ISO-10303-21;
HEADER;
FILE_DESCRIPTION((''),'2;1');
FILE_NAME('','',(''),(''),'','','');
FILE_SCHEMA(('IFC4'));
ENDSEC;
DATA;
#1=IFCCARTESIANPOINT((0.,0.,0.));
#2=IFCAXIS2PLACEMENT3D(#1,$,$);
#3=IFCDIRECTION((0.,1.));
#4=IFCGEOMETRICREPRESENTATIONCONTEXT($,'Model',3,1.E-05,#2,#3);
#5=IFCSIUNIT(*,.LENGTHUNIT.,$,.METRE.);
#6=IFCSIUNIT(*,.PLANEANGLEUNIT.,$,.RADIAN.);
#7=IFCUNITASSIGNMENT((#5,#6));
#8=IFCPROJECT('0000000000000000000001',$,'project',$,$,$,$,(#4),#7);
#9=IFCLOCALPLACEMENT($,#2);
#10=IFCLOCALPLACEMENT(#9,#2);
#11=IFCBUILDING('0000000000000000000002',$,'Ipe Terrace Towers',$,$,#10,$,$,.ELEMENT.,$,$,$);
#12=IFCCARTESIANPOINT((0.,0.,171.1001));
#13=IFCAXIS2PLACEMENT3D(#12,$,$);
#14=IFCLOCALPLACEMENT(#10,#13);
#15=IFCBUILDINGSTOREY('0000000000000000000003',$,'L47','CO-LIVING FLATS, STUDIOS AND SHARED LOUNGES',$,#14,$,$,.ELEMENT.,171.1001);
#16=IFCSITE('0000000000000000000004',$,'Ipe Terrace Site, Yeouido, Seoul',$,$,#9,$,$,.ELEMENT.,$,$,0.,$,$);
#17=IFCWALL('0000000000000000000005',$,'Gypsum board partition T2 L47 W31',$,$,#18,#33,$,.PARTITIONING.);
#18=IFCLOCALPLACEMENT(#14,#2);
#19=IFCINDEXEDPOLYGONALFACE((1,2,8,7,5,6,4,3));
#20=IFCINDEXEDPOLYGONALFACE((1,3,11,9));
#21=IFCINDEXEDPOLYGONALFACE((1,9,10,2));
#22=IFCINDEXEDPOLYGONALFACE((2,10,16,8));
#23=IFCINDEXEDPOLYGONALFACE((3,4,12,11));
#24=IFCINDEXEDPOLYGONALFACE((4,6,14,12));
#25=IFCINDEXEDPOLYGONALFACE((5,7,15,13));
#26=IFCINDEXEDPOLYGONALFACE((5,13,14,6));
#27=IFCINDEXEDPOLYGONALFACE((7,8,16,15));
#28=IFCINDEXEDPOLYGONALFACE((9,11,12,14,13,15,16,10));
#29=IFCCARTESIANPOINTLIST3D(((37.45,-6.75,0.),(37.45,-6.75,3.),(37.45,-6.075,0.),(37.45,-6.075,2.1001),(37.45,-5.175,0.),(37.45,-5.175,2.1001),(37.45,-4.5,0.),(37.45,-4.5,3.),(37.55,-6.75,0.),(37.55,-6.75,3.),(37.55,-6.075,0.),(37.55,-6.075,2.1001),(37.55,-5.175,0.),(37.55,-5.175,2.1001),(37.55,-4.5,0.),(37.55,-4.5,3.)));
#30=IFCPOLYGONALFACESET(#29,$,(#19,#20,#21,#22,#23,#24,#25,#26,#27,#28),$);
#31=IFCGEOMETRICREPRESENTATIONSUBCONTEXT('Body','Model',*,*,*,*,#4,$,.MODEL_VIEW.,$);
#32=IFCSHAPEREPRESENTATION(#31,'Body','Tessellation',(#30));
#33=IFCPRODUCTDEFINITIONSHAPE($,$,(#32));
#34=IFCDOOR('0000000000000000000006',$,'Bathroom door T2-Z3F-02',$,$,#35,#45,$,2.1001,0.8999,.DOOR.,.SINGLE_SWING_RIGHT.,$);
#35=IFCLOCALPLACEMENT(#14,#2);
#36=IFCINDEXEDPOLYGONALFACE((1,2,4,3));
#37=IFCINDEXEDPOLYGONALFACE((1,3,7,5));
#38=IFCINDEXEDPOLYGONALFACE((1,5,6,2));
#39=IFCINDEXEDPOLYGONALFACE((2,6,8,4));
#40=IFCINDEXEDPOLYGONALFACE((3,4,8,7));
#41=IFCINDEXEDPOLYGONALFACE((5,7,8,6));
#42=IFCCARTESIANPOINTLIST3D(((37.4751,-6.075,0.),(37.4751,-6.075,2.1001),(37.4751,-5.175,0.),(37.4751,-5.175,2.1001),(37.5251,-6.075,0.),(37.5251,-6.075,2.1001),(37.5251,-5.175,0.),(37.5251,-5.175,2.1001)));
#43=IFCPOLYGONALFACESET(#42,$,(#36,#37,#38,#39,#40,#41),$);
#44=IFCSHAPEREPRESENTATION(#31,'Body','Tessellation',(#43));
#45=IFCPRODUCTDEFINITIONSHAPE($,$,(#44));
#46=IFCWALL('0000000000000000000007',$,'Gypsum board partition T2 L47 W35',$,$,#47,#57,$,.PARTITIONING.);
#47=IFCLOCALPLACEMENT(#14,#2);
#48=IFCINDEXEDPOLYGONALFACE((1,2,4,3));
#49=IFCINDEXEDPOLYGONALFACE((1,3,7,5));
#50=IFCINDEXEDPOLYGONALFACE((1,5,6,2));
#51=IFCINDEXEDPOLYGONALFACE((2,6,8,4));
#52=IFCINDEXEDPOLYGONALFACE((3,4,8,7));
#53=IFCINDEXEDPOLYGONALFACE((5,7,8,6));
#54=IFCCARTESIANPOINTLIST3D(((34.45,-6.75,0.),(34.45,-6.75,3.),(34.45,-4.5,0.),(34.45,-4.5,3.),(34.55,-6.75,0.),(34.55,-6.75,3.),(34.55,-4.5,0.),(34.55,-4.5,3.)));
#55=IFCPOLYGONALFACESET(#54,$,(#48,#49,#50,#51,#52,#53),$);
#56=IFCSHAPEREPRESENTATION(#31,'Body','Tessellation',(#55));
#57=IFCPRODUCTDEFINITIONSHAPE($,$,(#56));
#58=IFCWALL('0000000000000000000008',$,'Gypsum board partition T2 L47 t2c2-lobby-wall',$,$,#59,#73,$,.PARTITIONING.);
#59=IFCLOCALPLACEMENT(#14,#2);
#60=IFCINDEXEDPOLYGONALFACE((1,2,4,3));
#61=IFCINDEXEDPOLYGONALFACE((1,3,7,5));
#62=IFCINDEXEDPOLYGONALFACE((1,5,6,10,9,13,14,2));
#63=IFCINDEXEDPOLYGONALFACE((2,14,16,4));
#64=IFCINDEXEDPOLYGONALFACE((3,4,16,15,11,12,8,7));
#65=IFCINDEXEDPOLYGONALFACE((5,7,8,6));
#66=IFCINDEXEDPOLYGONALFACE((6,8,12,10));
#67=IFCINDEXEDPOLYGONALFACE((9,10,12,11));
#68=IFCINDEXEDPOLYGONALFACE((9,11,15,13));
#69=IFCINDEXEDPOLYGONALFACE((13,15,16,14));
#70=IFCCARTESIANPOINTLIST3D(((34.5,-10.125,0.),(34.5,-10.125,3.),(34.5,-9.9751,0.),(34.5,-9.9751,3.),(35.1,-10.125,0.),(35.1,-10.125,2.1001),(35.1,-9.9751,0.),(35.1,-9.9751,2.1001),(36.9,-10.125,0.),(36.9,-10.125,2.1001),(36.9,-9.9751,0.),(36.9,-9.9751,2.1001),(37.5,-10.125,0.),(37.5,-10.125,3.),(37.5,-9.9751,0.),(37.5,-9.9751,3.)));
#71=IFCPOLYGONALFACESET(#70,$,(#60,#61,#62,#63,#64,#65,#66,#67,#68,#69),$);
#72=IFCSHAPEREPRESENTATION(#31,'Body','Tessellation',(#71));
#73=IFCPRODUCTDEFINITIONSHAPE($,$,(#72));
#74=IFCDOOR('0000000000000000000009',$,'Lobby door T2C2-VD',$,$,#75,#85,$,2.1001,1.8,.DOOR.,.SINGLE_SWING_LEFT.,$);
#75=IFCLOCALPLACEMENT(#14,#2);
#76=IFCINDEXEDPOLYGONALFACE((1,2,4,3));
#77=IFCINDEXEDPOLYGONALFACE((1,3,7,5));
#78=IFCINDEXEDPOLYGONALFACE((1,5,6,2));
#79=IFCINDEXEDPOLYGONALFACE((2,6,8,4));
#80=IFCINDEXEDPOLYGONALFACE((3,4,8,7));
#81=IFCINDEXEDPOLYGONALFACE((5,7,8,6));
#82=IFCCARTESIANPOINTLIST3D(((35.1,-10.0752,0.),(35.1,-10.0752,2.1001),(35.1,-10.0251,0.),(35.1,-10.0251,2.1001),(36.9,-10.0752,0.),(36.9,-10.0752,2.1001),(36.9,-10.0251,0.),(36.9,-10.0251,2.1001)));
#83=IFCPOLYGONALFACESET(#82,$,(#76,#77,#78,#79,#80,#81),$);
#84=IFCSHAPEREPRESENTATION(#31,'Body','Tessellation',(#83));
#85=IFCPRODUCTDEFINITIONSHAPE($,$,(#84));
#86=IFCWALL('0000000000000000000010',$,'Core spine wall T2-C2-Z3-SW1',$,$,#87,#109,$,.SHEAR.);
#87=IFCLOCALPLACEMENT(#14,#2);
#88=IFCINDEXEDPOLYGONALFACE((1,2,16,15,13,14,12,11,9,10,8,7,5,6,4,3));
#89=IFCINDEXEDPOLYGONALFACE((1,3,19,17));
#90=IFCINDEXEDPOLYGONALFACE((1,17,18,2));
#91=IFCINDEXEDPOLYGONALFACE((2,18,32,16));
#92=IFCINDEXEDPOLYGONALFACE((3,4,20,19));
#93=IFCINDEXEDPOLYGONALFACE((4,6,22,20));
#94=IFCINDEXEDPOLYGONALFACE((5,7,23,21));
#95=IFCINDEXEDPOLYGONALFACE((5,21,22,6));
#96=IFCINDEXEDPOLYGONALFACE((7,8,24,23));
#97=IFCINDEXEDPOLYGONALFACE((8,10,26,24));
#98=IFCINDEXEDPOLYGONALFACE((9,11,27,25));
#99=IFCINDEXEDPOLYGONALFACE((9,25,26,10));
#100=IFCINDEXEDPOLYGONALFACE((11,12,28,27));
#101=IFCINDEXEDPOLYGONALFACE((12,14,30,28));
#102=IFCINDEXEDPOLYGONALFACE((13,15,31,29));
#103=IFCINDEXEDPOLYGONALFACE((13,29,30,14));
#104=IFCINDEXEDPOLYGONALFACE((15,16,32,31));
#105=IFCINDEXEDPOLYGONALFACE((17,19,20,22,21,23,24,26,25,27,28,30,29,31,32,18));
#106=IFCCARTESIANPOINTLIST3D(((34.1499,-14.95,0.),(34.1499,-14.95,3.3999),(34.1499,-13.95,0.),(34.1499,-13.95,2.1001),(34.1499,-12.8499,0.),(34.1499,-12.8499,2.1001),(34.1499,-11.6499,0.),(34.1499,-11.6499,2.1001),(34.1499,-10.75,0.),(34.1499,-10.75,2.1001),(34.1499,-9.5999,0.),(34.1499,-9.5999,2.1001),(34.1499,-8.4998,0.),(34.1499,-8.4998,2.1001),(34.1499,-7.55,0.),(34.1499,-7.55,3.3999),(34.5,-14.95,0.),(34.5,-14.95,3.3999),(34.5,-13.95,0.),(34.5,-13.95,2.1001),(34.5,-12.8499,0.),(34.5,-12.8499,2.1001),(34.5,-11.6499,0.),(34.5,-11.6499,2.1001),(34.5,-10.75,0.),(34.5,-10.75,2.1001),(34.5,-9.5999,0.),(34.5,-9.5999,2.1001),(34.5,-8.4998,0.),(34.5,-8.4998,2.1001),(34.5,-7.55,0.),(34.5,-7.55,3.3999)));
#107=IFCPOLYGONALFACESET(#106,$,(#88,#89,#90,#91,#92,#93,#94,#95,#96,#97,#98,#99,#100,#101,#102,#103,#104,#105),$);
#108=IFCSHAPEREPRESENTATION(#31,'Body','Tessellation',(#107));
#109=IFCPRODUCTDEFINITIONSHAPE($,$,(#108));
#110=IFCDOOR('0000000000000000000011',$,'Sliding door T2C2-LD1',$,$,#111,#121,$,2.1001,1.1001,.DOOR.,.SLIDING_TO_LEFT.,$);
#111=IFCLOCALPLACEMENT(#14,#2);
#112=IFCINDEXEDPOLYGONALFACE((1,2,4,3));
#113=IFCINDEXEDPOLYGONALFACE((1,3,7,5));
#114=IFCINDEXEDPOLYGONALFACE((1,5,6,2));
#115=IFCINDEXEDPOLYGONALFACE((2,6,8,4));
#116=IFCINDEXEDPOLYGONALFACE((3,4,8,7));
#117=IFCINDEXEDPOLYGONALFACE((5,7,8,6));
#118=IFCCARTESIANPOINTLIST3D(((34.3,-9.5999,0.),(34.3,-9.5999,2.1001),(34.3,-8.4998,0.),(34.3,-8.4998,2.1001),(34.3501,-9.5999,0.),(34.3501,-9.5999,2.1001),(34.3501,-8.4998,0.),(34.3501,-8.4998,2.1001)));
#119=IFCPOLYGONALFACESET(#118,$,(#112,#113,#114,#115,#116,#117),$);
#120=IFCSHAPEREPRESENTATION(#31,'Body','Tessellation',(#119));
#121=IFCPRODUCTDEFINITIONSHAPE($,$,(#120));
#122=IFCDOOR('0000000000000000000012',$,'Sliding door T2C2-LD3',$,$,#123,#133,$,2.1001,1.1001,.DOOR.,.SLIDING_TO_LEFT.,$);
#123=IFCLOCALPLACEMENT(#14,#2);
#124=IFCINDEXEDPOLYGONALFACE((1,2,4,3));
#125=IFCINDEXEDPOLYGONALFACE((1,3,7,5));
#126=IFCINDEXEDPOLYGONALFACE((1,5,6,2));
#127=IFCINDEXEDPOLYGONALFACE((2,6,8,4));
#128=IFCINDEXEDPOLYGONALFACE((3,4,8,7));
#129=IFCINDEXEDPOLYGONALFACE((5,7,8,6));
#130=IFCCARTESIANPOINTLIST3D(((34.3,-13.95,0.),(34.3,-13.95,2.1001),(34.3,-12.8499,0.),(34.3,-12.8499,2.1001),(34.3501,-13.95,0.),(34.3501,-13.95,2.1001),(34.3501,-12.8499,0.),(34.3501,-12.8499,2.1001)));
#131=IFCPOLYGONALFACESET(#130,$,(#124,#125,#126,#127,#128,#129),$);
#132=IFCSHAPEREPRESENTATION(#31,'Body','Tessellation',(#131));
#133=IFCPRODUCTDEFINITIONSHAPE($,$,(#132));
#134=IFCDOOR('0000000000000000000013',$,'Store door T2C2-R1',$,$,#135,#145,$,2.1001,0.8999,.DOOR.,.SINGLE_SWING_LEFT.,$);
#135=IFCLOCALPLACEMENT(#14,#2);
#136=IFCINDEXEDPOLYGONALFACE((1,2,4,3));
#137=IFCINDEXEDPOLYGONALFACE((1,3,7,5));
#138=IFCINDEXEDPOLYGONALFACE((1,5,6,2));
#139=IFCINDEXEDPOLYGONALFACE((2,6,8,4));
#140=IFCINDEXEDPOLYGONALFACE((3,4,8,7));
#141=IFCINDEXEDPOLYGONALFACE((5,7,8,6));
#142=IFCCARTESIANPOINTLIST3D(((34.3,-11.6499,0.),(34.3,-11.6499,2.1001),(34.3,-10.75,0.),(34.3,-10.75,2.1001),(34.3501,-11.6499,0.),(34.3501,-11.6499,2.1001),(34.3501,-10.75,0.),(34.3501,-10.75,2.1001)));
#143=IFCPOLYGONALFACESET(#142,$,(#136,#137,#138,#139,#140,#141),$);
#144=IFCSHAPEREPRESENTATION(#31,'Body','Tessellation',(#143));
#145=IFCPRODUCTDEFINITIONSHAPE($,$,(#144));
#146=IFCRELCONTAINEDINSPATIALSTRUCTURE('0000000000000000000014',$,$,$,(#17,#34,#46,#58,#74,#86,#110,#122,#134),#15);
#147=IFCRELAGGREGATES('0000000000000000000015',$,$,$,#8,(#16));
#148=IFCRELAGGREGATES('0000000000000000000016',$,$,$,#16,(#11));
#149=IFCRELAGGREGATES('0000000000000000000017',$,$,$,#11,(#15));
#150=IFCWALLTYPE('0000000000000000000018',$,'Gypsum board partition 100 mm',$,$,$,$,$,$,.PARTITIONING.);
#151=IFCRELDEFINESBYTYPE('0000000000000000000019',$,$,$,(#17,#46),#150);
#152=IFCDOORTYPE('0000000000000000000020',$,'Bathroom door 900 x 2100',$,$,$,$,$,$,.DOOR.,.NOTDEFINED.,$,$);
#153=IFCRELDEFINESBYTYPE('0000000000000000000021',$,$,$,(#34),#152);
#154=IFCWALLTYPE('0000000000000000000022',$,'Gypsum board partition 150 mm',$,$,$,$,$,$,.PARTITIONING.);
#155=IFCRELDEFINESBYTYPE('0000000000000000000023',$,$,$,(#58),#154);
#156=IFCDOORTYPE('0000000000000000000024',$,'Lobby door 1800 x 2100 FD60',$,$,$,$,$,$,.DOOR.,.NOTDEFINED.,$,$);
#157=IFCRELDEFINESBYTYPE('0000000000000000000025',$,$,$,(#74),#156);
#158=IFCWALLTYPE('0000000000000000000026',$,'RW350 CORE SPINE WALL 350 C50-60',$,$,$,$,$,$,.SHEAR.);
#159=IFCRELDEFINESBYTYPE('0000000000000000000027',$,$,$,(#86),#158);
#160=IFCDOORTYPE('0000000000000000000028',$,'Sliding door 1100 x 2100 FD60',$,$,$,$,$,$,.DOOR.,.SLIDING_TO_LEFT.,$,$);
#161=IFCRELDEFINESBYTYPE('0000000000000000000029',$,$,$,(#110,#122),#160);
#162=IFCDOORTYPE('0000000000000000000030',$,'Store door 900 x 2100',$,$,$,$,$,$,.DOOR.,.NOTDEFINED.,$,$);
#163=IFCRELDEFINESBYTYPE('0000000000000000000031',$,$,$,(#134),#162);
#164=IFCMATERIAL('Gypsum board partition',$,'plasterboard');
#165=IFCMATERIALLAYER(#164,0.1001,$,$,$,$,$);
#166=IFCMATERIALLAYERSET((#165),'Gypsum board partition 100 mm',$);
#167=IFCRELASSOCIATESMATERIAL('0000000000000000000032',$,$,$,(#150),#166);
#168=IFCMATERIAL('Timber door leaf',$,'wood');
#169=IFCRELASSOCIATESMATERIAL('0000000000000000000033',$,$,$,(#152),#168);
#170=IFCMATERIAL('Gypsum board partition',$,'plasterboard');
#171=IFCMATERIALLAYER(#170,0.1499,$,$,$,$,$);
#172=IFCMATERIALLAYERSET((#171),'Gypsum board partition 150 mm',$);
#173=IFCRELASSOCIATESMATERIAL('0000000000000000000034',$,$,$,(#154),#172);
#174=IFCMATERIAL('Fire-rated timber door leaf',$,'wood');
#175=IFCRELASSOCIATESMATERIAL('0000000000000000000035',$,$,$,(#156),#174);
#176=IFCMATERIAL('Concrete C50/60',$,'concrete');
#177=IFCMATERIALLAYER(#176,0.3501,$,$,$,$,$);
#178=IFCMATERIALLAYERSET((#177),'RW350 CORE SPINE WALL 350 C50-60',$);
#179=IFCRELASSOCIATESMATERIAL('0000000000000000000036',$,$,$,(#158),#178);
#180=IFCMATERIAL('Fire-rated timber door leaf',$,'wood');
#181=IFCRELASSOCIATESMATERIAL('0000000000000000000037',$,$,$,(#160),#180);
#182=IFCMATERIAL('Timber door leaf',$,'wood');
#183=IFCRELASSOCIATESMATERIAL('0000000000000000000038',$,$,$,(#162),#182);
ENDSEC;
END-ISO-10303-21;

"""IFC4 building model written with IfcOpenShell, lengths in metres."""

from ifc_helpers import new_model, si_unit, direction, frame, frame_2d, origin, place, context, subcontext, project, spatial, rectangle, extrude, material, layer, layer_set, type_object, element, fill, save


model = new_model("IFC4")

# Units and contexts
model_context = context("Model", 3, precision=1e-05, world=origin(), true_north=direction((0.0, 1.0)))
body_context = subcontext(model_context, "Body", "Model", "MODEL_VIEW")
ifc_project = project(units=[si_unit("LENGTHUNIT", "METRE"), si_unit("PLANEANGLEUNIT", "RADIAN")], contexts=[model_context])

# Site, building, storey
site_placement = place(None, origin())
site = spatial("IfcSite", under=ifc_project, at=site_placement, Name="Ipe Terrace Site, Yeouido, Seoul", CompositionType="ELEMENT", RefElevation=0.0)
building_placement = place(site_placement, origin())
building = spatial("IfcBuilding", under=site, at=building_placement, Name="Ipe Terrace Towers", CompositionType="ELEMENT")
storey_placement = place(building_placement, frame((0.0, 0.0, 171.1001)))
storey = spatial("IfcBuildingStorey", under=building, at=storey_placement, Name="L47", Description="CO-LIVING FLATS, STUDIOS AND SHARED LOUNGES", CompositionType="ELEMENT", Elevation=171.1001)

# Wall, opening, door
ifc_material_1 = material(Name="Gypsum board partition", Category="plasterboard")
ifc_layer_1 = layer(ifc_material_1, 0.1001)
ifc_layer_set_1 = layer_set([ifc_layer_1], Name="Gypsum board partition 100 mm")
wall_type_1 = type_object("IfcWallType", Name="Gypsum board partition 100 mm", PredefinedType="PARTITIONING", material=ifc_layer_set_1)
wall_1_placement = place(storey_placement, frame((37.5, -6.75, 0.0), z_axis=(0.0, 0.0, 1.0), x_axis=(0.0, 1.0, 0.0)))
wall_1 = element("IfcWall", 1, at=wall_1_placement, inside=storey, type_object=wall_type_1, Name="Gypsum board partition T2 L47 W31", PredefinedType="PARTITIONING", context=body_context, shape_type="SweptSolid", body=[
    extrude(rectangle(XDim=2.25, YDim=0.1001, at=frame_2d((1.125, 0.0))), origin(), (0.0, 0.0, 1.0), 3.0),
])
opening_1_placement = place(wall_1_placement, frame((0.675, 0.0, 0.0)))
opening_1 = element("IfcOpeningElement", 2, at=opening_1_placement, cuts=wall_1, PredefinedType="OPENING", context=body_context, shape_type="SweptSolid", body=[
    extrude(rectangle(XDim=0.8999, YDim=2.1001, at=frame_2d((0.45, 1.05))), frame((0.0, 0.0601, 0.0), z_axis=(0.0, -1.0, 0.0), x_axis=(1.0, 0.0, 0.0)), (0.0, 0.0, 1.0), 0.1201),
])
ifc_material_2 = material(Name="Timber door leaf", Category="wood")
door_type_1 = type_object("IfcDoorType", Name="Bathroom door 900 x 2100", OperationType="NOTDEFINED", PredefinedType="DOOR", material=ifc_material_2)
door_1_placement = place(opening_1_placement, origin())
door_1 = element("IfcDoor", 3, at=door_1_placement, inside=storey, type_object=door_type_1, Name="Bathroom door T2-Z3F-02", OperationType="SINGLE_SWING_RIGHT", OverallHeight=2.1001, OverallWidth=0.8999, PredefinedType="DOOR", context=body_context, shape_type="SweptSolid", body=[
    extrude(rectangle(XDim=0.8999, YDim=2.1001, at=frame_2d((0.45, 1.05))), frame((0.0, 0.0249, 0.0), z_axis=(0.0, -1.0, 0.0), x_axis=(1.0, 0.0, 0.0)), (0.0, 0.0, 1.0), 0.05),
])
fill(opening_1, door_1)

# Wall
wall_2_placement = place(storey_placement, frame((34.5, -6.75, 0.0), z_axis=(0.0, 0.0, 1.0), x_axis=(0.0, 1.0, 0.0)))
element("IfcWall", 4, at=wall_2_placement, inside=storey, type_object=wall_type_1, Name="Gypsum board partition T2 L47 W35", PredefinedType="PARTITIONING", context=body_context, shape_type="SweptSolid", body=[
    extrude(rectangle(XDim=2.25, YDim=0.1001, at=frame_2d((1.125, 0.0))), origin(), (0.0, 0.0, 1.0), 3.0),
])

# Wall, opening, door
ifc_material_3 = material(Name="Gypsum board partition", Category="plasterboard")
ifc_layer_2 = layer(ifc_material_3, 0.1499)
ifc_layer_set_2 = layer_set([ifc_layer_2], Name="Gypsum board partition 150 mm")
wall_type_2 = type_object("IfcWallType", Name="Gypsum board partition 150 mm", PredefinedType="PARTITIONING", material=ifc_layer_set_2)
wall_3_placement = place(storey_placement, frame((34.5, -10.05, 0.0), z_axis=(0.0, 0.0, 1.0), x_axis=(1.0, 0.0, 0.0)))
wall_3 = element("IfcWall", 5, at=wall_3_placement, inside=storey, type_object=wall_type_2, Name="Gypsum board partition T2 L47 t2c2-lobby-wall", PredefinedType="PARTITIONING", context=body_context, shape_type="SweptSolid", body=[
    extrude(rectangle(XDim=3.0, YDim=0.1499, at=frame_2d((1.5, 0.0))), origin(), (0.0, 0.0, 1.0), 3.0),
])
opening_2_placement = place(wall_3_placement, frame((0.6001, 0.0, 0.0)))
opening_2 = element("IfcOpeningElement", 6, at=opening_2_placement, cuts=wall_3, PredefinedType="OPENING", context=body_context, shape_type="SweptSolid", body=[
    extrude(rectangle(XDim=1.8, YDim=2.1001, at=frame_2d((0.8999, 1.05))), frame((0.0, 0.085, 0.0), z_axis=(0.0, -1.0, 0.0), x_axis=(1.0, 0.0, 0.0)), (0.0, 0.0, 1.0), 0.1699),
])
ifc_material_4 = material(Name="Fire-rated timber door leaf", Category="wood")
door_type_2 = type_object("IfcDoorType", Name="Lobby door 1800 x 2100 FD60", OperationType="NOTDEFINED", PredefinedType="DOOR", material=ifc_material_4)
door_2_placement = place(opening_2_placement, origin())
door_2 = element("IfcDoor", 7, at=door_2_placement, inside=storey, type_object=door_type_2, Name="Lobby door T2C2-VD", OperationType="SINGLE_SWING_LEFT", OverallHeight=2.1001, OverallWidth=1.8, PredefinedType="DOOR", context=body_context, shape_type="SweptSolid", body=[
    extrude(rectangle(XDim=1.8, YDim=2.1001, at=frame_2d((0.8999, 1.05))), frame((0.0, 0.0249, 0.0), z_axis=(0.0, -1.0, 0.0), x_axis=(1.0, 0.0, 0.0)), (0.0, 0.0, 1.0), 0.05),
])
fill(opening_2, door_2)

# Wall, openings, doors
ifc_material_5 = material(Name="Concrete C50/60", Category="concrete")
ifc_layer_3 = layer(ifc_material_5, 0.3501)
ifc_layer_set_3 = layer_set([ifc_layer_3], Name="RW350 CORE SPINE WALL 350 C50-60")
wall_type_3 = type_object("IfcWallType", Name="RW350 CORE SPINE WALL 350 C50-60", PredefinedType="SHEAR", material=ifc_layer_set_3)
wall_4_placement = place(storey_placement, frame((34.325, -14.95, 0.0), z_axis=(0.0, 0.0, 1.0), x_axis=(0.0, 1.0, 0.0)))
wall_4 = element("IfcWall", 8, at=wall_4_placement, inside=storey, type_object=wall_type_3, Name="Core spine wall T2-C2-Z3-SW1", PredefinedType="SHEAR", context=body_context, shape_type="SweptSolid", body=[
    extrude(rectangle(XDim=7.3999, YDim=0.3501, at=frame_2d((3.7, 0.0))), origin(), (0.0, 0.0, 1.0), 3.3999),
])
opening_3_placement = place(wall_4_placement, frame((5.3501, 0.0, 0.0)))
opening_3 = element("IfcOpeningElement", 9, at=opening_3_placement, cuts=wall_4, PredefinedType="OPENING", context=body_context, shape_type="SweptSolid", body=[
    extrude(rectangle(XDim=1.1001, YDim=2.1001, at=frame_2d((0.55, 1.05))), frame((0.0, 0.1851, 0.0), z_axis=(0.0, -1.0, 0.0), x_axis=(1.0, 0.0, 0.0)), (0.0, 0.0, 1.0), 0.3701),
])
opening_4_placement = place(wall_4_placement, frame((1.0, 0.0, 0.0)))
opening_4 = element("IfcOpeningElement", 10, at=opening_4_placement, cuts=wall_4, PredefinedType="OPENING", context=body_context, shape_type="SweptSolid", body=[
    extrude(rectangle(XDim=1.1001, YDim=2.1001, at=frame_2d((0.55, 1.05))), frame((0.0, 0.1851, 0.0), z_axis=(0.0, -1.0, 0.0), x_axis=(1.0, 0.0, 0.0)), (0.0, 0.0, 1.0), 0.3701),
])
opening_5_placement = place(wall_4_placement, frame((3.3, 0.0, 0.0)))
opening_5 = element("IfcOpeningElement", 11, at=opening_5_placement, cuts=wall_4, PredefinedType="OPENING", context=body_context, shape_type="SweptSolid", body=[
    extrude(rectangle(XDim=0.8999, YDim=2.1001, at=frame_2d((0.45, 1.05))), frame((0.0, 0.1851, 0.0), z_axis=(0.0, -1.0, 0.0), x_axis=(1.0, 0.0, 0.0)), (0.0, 0.0, 1.0), 0.3701),
])
ifc_material_6 = material(Name="Fire-rated timber door leaf", Category="wood")
door_type_3 = type_object("IfcDoorType", Name="Sliding door 1100 x 2100 FD60", OperationType="SLIDING_TO_LEFT", PredefinedType="DOOR", material=ifc_material_6)
door_3_placement = place(opening_3_placement, origin())
door_3 = element("IfcDoor", 12, at=door_3_placement, inside=storey, type_object=door_type_3, Name="Sliding door T2C2-LD1", OperationType="SLIDING_TO_LEFT", OverallHeight=2.1001, OverallWidth=1.1001, PredefinedType="DOOR", context=body_context, shape_type="SweptSolid", body=[
    extrude(rectangle(XDim=1.1001, YDim=2.1001, at=frame_2d((0.55, 1.05))), frame((0.0, 0.0249, 0.0), z_axis=(0.0, -1.0, 0.0), x_axis=(1.0, 0.0, 0.0)), (0.0, 0.0, 1.0), 0.05),
])
fill(opening_3, door_3)
door_4_placement = place(opening_4_placement, origin())
door_4 = element("IfcDoor", 13, at=door_4_placement, inside=storey, type_object=door_type_3, Name="Sliding door T2C2-LD3", OperationType="SLIDING_TO_LEFT", OverallHeight=2.1001, OverallWidth=1.1001, PredefinedType="DOOR", context=body_context, shape_type="SweptSolid", body=[
    extrude(rectangle(XDim=1.1001, YDim=2.1001, at=frame_2d((0.55, 1.05))), frame((0.0, 0.0249, 0.0), z_axis=(0.0, -1.0, 0.0), x_axis=(1.0, 0.0, 0.0)), (0.0, 0.0, 1.0), 0.05),
])
fill(opening_4, door_4)
ifc_material_7 = material(Name="Timber door leaf", Category="wood")
door_type_4 = type_object("IfcDoorType", Name="Store door 900 x 2100", OperationType="NOTDEFINED", PredefinedType="DOOR", material=ifc_material_7)
door_5_placement = place(opening_5_placement, origin())
door_5 = element("IfcDoor", 14, at=door_5_placement, inside=storey, type_object=door_type_4, Name="Store door T2C2-R1", OperationType="SINGLE_SWING_LEFT", OverallHeight=2.1001, OverallWidth=0.8999, PredefinedType="DOOR", context=body_context, shape_type="SweptSolid", body=[
    extrude(rectangle(XDim=0.8999, YDim=2.1001, at=frame_2d((0.45, 1.05))), frame((0.0, 0.0249, 0.0), z_axis=(0.0, -1.0, 0.0), x_axis=(1.0, 0.0, 0.0)), (0.0, 0.0, 1.0), 0.05),
])
fill(opening_5, door_5)

save(model, "model.ifc")
